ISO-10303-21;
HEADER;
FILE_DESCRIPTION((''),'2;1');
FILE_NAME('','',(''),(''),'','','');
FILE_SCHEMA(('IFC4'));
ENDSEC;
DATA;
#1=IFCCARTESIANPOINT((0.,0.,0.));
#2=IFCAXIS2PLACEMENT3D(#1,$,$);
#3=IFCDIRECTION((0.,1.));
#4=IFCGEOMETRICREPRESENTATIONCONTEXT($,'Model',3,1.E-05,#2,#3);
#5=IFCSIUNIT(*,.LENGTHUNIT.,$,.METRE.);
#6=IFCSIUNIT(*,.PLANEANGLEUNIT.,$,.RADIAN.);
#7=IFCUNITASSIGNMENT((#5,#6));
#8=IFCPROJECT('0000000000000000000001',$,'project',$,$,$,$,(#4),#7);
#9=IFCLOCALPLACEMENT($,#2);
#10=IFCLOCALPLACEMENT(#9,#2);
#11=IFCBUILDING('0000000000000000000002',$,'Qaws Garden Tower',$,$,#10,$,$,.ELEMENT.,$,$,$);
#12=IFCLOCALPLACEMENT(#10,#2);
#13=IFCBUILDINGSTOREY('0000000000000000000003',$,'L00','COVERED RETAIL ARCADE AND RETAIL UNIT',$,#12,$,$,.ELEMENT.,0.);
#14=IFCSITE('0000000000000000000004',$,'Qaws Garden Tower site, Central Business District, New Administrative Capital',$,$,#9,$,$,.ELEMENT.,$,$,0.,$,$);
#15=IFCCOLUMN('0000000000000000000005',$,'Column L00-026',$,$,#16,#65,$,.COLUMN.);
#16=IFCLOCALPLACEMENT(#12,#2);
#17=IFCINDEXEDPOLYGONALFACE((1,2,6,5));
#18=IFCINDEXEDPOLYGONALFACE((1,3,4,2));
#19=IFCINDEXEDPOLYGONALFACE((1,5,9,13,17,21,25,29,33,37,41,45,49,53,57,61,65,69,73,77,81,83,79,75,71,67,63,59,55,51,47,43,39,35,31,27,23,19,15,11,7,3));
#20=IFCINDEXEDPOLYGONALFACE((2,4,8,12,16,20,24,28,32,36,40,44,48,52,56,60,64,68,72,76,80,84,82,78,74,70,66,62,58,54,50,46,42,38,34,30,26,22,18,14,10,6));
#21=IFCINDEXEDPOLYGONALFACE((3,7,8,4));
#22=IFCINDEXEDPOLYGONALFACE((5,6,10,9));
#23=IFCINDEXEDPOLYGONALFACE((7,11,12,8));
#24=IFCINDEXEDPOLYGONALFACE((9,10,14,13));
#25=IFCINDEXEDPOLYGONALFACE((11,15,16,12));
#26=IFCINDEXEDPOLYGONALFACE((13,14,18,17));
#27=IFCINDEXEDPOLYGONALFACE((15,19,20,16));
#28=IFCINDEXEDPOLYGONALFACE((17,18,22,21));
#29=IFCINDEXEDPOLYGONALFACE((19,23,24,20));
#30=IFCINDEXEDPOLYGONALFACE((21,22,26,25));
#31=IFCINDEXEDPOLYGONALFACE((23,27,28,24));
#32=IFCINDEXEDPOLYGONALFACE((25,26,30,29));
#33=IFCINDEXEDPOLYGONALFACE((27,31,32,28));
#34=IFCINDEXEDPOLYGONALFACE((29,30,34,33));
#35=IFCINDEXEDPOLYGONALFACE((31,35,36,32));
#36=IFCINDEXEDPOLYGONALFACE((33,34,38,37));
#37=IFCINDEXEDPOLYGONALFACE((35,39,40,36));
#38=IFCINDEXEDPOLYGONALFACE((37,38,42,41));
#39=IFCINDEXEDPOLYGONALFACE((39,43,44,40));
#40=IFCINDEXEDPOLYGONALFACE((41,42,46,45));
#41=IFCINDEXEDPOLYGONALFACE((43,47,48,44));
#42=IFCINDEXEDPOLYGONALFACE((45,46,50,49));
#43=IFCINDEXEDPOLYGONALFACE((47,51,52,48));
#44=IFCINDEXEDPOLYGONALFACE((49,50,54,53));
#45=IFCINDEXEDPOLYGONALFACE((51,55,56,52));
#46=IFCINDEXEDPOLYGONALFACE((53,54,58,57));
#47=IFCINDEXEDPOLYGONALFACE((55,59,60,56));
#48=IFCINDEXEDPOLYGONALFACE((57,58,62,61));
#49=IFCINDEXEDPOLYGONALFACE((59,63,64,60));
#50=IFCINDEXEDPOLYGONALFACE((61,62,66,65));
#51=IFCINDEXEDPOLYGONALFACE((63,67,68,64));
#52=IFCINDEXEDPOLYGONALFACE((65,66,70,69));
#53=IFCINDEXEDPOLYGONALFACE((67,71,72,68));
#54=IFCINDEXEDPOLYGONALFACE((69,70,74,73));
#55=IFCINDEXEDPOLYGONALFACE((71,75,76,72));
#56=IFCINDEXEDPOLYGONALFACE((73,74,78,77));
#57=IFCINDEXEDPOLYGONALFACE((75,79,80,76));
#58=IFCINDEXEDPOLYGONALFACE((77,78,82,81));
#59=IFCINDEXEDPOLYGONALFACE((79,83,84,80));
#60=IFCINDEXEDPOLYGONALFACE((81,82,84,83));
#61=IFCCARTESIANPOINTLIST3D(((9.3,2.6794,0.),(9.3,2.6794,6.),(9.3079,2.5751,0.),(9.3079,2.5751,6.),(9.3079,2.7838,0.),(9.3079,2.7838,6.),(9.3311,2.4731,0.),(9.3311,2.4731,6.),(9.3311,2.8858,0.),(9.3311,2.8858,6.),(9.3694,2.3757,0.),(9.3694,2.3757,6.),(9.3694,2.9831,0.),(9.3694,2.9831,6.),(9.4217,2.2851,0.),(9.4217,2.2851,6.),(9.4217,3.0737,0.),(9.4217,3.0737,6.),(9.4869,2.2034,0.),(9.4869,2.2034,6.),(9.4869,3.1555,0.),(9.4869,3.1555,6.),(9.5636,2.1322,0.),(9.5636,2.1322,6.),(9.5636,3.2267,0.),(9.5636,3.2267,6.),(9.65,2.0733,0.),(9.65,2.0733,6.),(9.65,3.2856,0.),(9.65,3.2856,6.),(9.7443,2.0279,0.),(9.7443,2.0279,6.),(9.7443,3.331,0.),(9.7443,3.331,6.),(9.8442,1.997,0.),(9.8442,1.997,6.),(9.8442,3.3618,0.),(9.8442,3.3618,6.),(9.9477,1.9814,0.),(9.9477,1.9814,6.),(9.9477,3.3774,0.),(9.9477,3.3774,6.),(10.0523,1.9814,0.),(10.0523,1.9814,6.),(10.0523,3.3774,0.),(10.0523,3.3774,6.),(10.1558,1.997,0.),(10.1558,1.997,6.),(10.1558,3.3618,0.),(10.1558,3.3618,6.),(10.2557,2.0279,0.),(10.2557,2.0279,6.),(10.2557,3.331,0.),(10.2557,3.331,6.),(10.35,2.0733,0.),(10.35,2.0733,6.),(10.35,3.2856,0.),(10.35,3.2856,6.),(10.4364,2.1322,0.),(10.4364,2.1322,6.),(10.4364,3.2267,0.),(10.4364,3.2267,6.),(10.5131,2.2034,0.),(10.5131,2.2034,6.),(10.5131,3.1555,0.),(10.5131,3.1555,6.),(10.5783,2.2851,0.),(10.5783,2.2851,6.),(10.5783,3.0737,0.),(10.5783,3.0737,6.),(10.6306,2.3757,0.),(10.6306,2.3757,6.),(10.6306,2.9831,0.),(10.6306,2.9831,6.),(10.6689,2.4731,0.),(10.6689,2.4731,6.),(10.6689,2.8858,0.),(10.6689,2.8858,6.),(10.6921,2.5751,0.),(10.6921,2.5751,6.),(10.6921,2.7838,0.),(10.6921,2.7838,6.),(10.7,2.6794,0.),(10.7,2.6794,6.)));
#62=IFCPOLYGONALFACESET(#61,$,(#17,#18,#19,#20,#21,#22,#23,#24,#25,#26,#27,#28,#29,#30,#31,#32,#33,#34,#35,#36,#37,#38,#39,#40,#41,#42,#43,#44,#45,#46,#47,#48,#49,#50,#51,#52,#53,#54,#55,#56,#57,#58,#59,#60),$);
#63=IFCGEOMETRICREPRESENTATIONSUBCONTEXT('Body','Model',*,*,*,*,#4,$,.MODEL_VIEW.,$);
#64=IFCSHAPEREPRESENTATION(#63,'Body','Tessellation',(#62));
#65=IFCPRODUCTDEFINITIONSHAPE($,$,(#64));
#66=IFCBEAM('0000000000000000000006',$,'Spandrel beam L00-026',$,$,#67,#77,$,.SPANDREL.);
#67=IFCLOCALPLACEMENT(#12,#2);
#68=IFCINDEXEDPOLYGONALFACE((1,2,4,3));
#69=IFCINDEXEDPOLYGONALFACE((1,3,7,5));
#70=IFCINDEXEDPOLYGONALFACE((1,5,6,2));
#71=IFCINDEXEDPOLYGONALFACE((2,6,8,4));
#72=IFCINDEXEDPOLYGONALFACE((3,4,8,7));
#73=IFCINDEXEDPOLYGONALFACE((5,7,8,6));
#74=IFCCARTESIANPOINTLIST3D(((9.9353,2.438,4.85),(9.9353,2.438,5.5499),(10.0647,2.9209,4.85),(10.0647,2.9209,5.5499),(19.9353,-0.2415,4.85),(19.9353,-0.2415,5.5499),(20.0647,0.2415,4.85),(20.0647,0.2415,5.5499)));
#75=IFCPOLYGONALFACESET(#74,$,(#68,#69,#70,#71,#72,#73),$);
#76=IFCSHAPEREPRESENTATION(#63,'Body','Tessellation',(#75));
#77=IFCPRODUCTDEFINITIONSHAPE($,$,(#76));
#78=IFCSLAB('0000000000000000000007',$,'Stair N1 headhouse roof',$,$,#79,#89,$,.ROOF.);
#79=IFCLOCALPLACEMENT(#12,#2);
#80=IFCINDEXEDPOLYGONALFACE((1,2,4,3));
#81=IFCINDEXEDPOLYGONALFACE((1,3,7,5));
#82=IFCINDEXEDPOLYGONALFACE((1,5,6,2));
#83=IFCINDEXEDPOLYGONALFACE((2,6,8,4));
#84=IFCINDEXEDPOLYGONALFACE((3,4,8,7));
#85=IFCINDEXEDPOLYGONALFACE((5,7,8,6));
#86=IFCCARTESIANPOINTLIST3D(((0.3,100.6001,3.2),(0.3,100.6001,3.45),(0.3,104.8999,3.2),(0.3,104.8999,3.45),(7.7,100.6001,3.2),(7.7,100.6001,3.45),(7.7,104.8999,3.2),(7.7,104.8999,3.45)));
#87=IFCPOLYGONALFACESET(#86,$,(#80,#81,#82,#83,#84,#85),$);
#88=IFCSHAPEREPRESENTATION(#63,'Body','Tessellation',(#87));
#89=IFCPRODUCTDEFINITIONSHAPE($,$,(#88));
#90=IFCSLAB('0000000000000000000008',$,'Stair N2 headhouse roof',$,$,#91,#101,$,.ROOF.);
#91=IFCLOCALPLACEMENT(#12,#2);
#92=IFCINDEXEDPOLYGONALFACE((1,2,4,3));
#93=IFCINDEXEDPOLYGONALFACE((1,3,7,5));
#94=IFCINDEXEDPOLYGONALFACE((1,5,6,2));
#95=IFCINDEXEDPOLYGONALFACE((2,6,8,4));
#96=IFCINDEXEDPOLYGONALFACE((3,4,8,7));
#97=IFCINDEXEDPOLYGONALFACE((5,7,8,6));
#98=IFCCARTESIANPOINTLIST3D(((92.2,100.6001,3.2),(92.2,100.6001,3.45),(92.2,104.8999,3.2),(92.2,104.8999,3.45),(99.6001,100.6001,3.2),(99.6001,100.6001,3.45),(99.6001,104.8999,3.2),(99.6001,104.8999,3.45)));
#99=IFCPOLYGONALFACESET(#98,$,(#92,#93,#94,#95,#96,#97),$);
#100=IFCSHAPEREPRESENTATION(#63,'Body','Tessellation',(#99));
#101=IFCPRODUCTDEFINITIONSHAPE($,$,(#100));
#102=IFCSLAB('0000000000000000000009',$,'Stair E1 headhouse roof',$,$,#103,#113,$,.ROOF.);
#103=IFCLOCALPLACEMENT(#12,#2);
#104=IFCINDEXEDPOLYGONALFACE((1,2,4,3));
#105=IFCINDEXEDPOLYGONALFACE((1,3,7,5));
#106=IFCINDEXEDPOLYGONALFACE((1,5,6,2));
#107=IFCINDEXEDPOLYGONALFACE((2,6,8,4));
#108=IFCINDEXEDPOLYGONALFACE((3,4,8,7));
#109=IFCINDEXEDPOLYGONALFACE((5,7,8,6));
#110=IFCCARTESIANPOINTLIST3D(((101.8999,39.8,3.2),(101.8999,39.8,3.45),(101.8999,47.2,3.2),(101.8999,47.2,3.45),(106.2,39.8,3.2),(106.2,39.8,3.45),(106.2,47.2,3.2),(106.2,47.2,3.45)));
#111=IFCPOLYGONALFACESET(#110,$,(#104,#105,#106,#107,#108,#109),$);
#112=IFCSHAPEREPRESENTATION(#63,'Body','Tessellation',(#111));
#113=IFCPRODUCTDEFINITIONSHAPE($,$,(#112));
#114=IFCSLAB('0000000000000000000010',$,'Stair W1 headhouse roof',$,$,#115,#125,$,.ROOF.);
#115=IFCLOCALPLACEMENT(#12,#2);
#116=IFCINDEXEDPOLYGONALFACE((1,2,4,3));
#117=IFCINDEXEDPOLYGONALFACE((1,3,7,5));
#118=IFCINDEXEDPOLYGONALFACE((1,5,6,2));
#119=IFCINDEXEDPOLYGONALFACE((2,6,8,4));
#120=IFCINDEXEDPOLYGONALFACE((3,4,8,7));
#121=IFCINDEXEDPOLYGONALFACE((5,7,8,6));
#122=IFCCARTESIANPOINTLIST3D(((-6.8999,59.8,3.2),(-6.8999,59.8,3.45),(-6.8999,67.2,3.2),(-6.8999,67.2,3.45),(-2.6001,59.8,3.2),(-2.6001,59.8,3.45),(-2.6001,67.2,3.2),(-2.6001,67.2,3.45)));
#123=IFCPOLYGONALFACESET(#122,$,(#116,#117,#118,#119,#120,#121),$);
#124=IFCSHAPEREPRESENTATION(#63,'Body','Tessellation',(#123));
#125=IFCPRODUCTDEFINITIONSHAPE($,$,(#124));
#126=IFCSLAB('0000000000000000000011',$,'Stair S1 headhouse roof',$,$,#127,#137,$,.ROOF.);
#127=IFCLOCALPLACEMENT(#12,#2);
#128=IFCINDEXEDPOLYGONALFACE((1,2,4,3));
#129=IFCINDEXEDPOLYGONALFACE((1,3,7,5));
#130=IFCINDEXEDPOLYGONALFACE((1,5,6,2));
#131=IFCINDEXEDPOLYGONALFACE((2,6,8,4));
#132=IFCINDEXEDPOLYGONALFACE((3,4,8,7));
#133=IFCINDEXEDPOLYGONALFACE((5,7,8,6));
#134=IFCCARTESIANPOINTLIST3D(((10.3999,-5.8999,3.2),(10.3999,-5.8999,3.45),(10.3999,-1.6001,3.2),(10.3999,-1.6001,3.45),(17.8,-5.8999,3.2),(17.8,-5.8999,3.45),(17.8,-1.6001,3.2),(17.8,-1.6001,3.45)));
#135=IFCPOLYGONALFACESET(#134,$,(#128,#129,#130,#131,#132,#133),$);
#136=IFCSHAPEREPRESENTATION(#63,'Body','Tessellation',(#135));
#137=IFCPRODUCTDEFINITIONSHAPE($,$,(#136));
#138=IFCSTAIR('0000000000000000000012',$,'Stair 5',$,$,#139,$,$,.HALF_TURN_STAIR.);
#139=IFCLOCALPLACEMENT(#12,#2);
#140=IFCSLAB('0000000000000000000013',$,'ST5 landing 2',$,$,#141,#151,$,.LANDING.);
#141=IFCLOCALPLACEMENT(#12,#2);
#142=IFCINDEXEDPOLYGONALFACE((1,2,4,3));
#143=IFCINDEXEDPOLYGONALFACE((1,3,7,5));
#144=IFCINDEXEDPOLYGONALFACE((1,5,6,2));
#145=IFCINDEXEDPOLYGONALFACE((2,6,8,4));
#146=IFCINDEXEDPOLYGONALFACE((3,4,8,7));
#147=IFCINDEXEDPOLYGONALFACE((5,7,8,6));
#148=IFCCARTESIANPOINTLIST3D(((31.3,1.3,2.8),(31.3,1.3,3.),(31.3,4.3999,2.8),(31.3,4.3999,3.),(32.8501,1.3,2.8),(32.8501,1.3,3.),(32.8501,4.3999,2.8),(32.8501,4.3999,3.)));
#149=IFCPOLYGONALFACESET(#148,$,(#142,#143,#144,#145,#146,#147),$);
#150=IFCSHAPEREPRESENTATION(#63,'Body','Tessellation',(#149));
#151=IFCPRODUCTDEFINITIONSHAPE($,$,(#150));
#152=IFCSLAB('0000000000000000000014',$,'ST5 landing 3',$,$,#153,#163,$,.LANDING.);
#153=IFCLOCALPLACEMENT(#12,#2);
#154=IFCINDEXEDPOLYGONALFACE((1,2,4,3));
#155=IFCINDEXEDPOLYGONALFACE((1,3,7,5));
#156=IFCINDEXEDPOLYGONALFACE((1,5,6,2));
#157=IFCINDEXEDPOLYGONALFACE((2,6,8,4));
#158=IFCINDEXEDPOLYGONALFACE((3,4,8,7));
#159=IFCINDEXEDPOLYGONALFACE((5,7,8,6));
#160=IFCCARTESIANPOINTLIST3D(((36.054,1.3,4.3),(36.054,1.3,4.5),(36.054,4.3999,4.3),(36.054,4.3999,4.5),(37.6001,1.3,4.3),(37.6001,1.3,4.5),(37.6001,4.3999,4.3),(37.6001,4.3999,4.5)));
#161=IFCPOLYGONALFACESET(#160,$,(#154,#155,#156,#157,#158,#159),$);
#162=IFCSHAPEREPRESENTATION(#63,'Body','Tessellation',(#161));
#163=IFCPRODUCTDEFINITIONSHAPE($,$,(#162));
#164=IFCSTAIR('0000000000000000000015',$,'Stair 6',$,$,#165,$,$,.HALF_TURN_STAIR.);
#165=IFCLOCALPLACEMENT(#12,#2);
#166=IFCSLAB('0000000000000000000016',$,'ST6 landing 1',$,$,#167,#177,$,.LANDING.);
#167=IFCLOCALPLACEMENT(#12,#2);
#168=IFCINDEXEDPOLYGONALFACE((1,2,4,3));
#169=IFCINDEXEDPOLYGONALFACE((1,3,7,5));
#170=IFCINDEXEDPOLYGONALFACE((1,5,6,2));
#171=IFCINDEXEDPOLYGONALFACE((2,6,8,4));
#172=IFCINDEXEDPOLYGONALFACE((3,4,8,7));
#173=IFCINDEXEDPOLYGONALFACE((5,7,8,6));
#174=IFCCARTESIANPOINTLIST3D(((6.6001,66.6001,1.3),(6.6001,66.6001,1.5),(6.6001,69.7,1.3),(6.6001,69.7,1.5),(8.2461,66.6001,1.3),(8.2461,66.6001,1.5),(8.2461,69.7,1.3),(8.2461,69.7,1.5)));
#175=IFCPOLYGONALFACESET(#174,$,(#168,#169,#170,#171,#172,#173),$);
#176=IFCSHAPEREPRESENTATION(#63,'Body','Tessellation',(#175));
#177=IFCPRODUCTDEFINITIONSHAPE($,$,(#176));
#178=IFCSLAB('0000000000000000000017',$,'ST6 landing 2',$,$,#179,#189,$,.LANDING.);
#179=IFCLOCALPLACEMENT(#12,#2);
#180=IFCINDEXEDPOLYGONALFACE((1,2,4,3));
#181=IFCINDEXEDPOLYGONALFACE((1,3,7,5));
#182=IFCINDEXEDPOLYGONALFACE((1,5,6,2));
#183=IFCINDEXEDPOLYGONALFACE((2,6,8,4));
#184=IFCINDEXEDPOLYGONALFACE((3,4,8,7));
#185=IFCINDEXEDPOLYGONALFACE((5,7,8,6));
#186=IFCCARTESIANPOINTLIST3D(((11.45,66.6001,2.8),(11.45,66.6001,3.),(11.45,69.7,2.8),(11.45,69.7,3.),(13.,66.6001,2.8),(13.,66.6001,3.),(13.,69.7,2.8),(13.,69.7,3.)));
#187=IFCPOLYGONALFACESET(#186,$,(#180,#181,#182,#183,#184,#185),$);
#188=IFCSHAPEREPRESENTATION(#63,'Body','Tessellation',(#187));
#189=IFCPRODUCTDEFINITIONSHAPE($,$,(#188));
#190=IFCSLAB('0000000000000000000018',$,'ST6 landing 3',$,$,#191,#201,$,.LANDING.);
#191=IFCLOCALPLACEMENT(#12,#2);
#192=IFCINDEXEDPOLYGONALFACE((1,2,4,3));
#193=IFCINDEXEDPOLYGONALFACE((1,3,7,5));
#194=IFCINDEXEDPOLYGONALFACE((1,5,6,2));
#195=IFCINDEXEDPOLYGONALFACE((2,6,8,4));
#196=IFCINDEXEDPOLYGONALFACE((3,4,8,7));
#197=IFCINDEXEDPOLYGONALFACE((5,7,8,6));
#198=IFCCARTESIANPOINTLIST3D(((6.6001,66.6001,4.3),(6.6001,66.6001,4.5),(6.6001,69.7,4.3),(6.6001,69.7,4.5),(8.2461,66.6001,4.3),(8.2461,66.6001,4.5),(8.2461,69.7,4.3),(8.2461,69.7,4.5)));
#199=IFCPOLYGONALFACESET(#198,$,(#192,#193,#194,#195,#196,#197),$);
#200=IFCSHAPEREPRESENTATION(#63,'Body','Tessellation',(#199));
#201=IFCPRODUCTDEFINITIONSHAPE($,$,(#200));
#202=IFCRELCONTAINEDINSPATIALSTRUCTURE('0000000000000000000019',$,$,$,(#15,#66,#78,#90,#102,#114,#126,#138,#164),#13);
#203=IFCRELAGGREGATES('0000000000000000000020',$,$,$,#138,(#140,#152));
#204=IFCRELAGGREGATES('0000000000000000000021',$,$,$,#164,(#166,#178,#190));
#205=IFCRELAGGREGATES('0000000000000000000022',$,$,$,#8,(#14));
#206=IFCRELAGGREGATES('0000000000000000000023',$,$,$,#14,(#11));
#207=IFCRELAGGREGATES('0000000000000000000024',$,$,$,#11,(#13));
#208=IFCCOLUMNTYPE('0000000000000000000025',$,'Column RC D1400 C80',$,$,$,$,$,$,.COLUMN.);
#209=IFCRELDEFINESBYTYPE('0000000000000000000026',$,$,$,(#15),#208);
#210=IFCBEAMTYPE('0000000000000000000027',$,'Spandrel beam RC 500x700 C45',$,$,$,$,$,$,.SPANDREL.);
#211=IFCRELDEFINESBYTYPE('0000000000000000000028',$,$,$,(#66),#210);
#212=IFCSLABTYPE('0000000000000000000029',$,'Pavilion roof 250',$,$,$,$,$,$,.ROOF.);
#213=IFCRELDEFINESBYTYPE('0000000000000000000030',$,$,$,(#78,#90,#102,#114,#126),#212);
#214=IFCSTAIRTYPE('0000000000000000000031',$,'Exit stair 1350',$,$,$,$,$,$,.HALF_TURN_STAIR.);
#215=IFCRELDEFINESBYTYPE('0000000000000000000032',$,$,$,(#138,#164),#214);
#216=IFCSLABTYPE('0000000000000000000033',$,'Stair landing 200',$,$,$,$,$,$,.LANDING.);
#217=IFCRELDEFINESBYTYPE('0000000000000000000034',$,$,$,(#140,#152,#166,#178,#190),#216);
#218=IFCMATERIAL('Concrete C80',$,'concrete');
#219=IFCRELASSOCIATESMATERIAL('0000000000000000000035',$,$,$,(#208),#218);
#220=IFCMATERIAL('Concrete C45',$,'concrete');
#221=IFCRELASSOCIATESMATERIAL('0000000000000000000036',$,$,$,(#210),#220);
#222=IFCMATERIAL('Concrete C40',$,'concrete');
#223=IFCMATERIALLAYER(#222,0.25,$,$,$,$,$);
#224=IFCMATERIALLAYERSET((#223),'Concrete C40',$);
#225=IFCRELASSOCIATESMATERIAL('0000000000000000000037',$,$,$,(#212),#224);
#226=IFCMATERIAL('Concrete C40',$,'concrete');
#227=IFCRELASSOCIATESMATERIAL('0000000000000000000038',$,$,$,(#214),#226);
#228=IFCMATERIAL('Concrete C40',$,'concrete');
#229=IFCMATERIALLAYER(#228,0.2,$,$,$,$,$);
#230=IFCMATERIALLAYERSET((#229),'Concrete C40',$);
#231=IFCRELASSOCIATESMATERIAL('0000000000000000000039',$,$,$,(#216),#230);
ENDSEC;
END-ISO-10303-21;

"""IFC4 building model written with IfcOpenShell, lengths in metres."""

from ifc_helpers import new_model, si_unit, direction, frame, origin, origin_2d, place, context, subcontext, project, spatial, polyline, rectangle, circle, outline, extrude, material, layer, layer_set, material_profile, profile_set, type_object, element, aggregate, save


model = new_model("IFC4")

# Units and contexts
model_context = context("Model", 3, precision=1e-05, world=origin(), true_north=direction((0.0, 1.0)))
body_context = subcontext(model_context, "Body", "Model", "MODEL_VIEW")
ifc_project = project(units=[si_unit("LENGTHUNIT", "METRE"), si_unit("PLANEANGLEUNIT", "RADIAN")], contexts=[model_context])

# Site, building, storey
site_placement = place(None, origin())
site = spatial("IfcSite", under=ifc_project, at=site_placement, Name="Qaws Garden Tower site, Central Business District, New Administrative Capital", CompositionType="ELEMENT", RefElevation=0.0)
building_placement = place(site_placement, origin())
building = spatial("IfcBuilding", under=site, at=building_placement, Name="Qaws Garden Tower", CompositionType="ELEMENT")
storey_placement = place(building_placement, origin())
storey = spatial("IfcBuildingStorey", under=building, at=storey_placement, Name="L00", Description="COVERED RETAIL ARCADE AND RETAIL UNIT", CompositionType="ELEMENT", Elevation=0.0)

# Column
ifc_material_1 = material(Name="Concrete C80", Category="concrete")
ifc_material_profile_1 = material_profile(ifc_material_1, circle(Radius=0.7, at=origin_2d()), Name="RC D1400")
ifc_profile_set_1 = profile_set([ifc_material_profile_1], Name="Concrete C80")
column_type = type_object("IfcColumnType", Name="Column RC D1400 C80", PredefinedType="COLUMN", material=ifc_profile_set_1)
column_placement = place(storey_placement, frame((10.0, 2.6794, 0.0), z_axis=(0.0, 0.0, 1.0), x_axis=(1.0, 0.0, 0.0)))
element("IfcColumn", 1, at=column_placement, inside=storey, type_object=column_type, Name="Column L00-026", PredefinedType="COLUMN", context=body_context, shape_type="SweptSolid", body=[
    extrude(circle(Radius=0.7, at=origin_2d()), origin(), (0.0, 0.0, 1.0), 6.0),
])

# Beam
ifc_material_2 = material(Name="Concrete C45", Category="concrete")
ifc_material_profile_2 = material_profile(ifc_material_2, rectangle(XDim=0.5, YDim=0.7, at=origin_2d()), Name="RC 500x700")
ifc_profile_set_2 = profile_set([ifc_material_profile_2], Name="Concrete C45")
beam_type = type_object("IfcBeamType", Name="Spandrel beam RC 500x700 C45", PredefinedType="SPANDREL", material=ifc_profile_set_2)
beam_placement = place(storey_placement, frame((10.0, 2.6794, 5.2), z_axis=(0.965927, -0.258815, 0.0), x_axis=(0.258815, 0.965927, 0.0)))
element("IfcBeam", 2, at=beam_placement, inside=storey, type_object=beam_type, Name="Spandrel beam L00-026", PredefinedType="SPANDREL", context=body_context, shape_type="SweptSolid", body=[
    extrude(rectangle(XDim=0.5, YDim=0.7, at=origin_2d()), origin(), (0.0, 0.0, 1.0), 10.3528),
])

# Slabs
ifc_material_3 = material(Name="Concrete C40", Category="concrete")
ifc_layer_1 = layer(ifc_material_3, 0.25)
ifc_layer_set_1 = layer_set([ifc_layer_1], Name="Concrete C40")
slab_type_1 = type_object("IfcSlabType", Name="Pavilion roof 250", PredefinedType="ROOF", material=ifc_layer_set_1)
placement_1 = place(storey_placement, frame((0.0, 0.0, 3.2)))
element("IfcSlab", 3, at=placement_1, inside=storey, type_object=slab_type_1, Name="Stair N1 headhouse roof", PredefinedType="ROOF", context=body_context, shape_type="SweptSolid", body=[
    extrude(outline(polyline([(0.3, 100.6001), (7.7, 100.6001), (7.7, 104.8999), (0.3, 104.8999), (0.3, 100.6001)])), origin(), (0.0, 0.0, 1.0), 0.25),
])
element("IfcSlab", 4, at=placement_1, inside=storey, type_object=slab_type_1, Name="Stair N2 headhouse roof", PredefinedType="ROOF", context=body_context, shape_type="SweptSolid", body=[
    extrude(outline(polyline([(92.2, 100.6001), (99.6001, 100.6001), (99.6001, 104.8999), (92.2, 104.8999), (92.2, 100.6001)])), origin(), (0.0, 0.0, 1.0), 0.25),
])
element("IfcSlab", 5, at=placement_1, inside=storey, type_object=slab_type_1, Name="Stair E1 headhouse roof", PredefinedType="ROOF", context=body_context, shape_type="SweptSolid", body=[
    extrude(outline(polyline([(101.8999, 39.8), (106.2, 39.8), (106.2, 47.2), (101.8999, 47.2), (101.8999, 39.8)])), origin(), (0.0, 0.0, 1.0), 0.25),
])
element("IfcSlab", 6, at=placement_1, inside=storey, type_object=slab_type_1, Name="Stair W1 headhouse roof", PredefinedType="ROOF", context=body_context, shape_type="SweptSolid", body=[
    extrude(outline(polyline([(-6.8999, 59.8), (-2.6001, 59.8), (-2.6001, 67.2), (-6.8999, 67.2), (-6.8999, 59.8)])), origin(), (0.0, 0.0, 1.0), 0.25),
])
element("IfcSlab", 7, at=placement_1, inside=storey, type_object=slab_type_1, Name="Stair S1 headhouse roof", PredefinedType="ROOF", context=body_context, shape_type="SweptSolid", body=[
    extrude(outline(polyline([(10.3999, -5.8999), (17.8, -5.8999), (17.8, -1.6001), (10.3999, -1.6001), (10.3999, -5.8999)])), origin(), (0.0, 0.0, 1.0), 0.25),
])

# Stairs, slabs
ifc_material_4 = material(Name="Concrete C40", Category="concrete")
stair_type = type_object("IfcStairType", Name="Exit stair 1350", PredefinedType="HALF_TURN_STAIR", material=ifc_material_4)
placement_2 = place(storey_placement, origin())
stair_1 = element("IfcStair", 8, at=placement_2, inside=storey, type_object=stair_type, Name="Stair 5", PredefinedType="HALF_TURN_STAIR")
ifc_material_5 = material(Name="Concrete C40", Category="concrete")
ifc_layer_2 = layer(ifc_material_5, 0.2)
ifc_layer_set_2 = layer_set([ifc_layer_2], Name="Concrete C40")
slab_type_2 = type_object("IfcSlabType", Name="Stair landing 200", PredefinedType="LANDING", material=ifc_layer_set_2)
placement_3 = place(storey_placement, frame((0.0, 0.0, 2.8)))
slab_1 = element("IfcSlab", 9, at=placement_3, type_object=slab_type_2, Name="ST5 landing 2", PredefinedType="LANDING", context=body_context, shape_type="SweptSolid", body=[
    extrude(outline(polyline([(31.3, 1.3), (32.8501, 1.3), (32.8501, 4.3999), (31.3, 4.3999), (31.3, 1.3)])), origin(), (0.0, 0.0, 1.0), 0.2),
])
placement_4 = place(storey_placement, frame((0.0, 0.0, 4.3)))
slab_2 = element("IfcSlab", 10, at=placement_4, type_object=slab_type_2, Name="ST5 landing 3", PredefinedType="LANDING", context=body_context, shape_type="SweptSolid", body=[
    extrude(outline(polyline([(36.054, 1.3), (37.6001, 1.3), (37.6001, 4.3999), (36.054, 4.3999), (36.054, 1.3)])), origin(), (0.0, 0.0, 1.0), 0.2),
])
aggregate(stair_1, [slab_1, slab_2])
stair_2 = element("IfcStair", 11, at=placement_2, inside=storey, type_object=stair_type, Name="Stair 6", PredefinedType="HALF_TURN_STAIR")
placement_5 = place(storey_placement, frame((0.0, 0.0, 1.3)))
slab_3 = element("IfcSlab", 12, at=placement_5, type_object=slab_type_2, Name="ST6 landing 1", PredefinedType="LANDING", context=body_context, shape_type="SweptSolid", body=[
    extrude(outline(polyline([(6.6001, 66.6001), (8.2461, 66.6001), (8.2461, 69.7), (6.6001, 69.7), (6.6001, 66.6001)])), origin(), (0.0, 0.0, 1.0), 0.2),
])
slab_4 = element("IfcSlab", 13, at=placement_3, type_object=slab_type_2, Name="ST6 landing 2", PredefinedType="LANDING", context=body_context, shape_type="SweptSolid", body=[
    extrude(outline(polyline([(11.45, 66.6001), (13.0, 66.6001), (13.0, 69.7), (11.45, 69.7), (11.45, 66.6001)])), origin(), (0.0, 0.0, 1.0), 0.2),
])
slab_5 = element("IfcSlab", 14, at=placement_4, type_object=slab_type_2, Name="ST6 landing 3", PredefinedType="LANDING", context=body_context, shape_type="SweptSolid", body=[
    extrude(outline(polyline([(6.6001, 66.6001), (8.2461, 66.6001), (8.2461, 69.7), (6.6001, 69.7), (6.6001, 66.6001)])), origin(), (0.0, 0.0, 1.0), 0.2),
])
aggregate(stair_2, [slab_3, slab_4, slab_5])

save(model, "model.ifc")
